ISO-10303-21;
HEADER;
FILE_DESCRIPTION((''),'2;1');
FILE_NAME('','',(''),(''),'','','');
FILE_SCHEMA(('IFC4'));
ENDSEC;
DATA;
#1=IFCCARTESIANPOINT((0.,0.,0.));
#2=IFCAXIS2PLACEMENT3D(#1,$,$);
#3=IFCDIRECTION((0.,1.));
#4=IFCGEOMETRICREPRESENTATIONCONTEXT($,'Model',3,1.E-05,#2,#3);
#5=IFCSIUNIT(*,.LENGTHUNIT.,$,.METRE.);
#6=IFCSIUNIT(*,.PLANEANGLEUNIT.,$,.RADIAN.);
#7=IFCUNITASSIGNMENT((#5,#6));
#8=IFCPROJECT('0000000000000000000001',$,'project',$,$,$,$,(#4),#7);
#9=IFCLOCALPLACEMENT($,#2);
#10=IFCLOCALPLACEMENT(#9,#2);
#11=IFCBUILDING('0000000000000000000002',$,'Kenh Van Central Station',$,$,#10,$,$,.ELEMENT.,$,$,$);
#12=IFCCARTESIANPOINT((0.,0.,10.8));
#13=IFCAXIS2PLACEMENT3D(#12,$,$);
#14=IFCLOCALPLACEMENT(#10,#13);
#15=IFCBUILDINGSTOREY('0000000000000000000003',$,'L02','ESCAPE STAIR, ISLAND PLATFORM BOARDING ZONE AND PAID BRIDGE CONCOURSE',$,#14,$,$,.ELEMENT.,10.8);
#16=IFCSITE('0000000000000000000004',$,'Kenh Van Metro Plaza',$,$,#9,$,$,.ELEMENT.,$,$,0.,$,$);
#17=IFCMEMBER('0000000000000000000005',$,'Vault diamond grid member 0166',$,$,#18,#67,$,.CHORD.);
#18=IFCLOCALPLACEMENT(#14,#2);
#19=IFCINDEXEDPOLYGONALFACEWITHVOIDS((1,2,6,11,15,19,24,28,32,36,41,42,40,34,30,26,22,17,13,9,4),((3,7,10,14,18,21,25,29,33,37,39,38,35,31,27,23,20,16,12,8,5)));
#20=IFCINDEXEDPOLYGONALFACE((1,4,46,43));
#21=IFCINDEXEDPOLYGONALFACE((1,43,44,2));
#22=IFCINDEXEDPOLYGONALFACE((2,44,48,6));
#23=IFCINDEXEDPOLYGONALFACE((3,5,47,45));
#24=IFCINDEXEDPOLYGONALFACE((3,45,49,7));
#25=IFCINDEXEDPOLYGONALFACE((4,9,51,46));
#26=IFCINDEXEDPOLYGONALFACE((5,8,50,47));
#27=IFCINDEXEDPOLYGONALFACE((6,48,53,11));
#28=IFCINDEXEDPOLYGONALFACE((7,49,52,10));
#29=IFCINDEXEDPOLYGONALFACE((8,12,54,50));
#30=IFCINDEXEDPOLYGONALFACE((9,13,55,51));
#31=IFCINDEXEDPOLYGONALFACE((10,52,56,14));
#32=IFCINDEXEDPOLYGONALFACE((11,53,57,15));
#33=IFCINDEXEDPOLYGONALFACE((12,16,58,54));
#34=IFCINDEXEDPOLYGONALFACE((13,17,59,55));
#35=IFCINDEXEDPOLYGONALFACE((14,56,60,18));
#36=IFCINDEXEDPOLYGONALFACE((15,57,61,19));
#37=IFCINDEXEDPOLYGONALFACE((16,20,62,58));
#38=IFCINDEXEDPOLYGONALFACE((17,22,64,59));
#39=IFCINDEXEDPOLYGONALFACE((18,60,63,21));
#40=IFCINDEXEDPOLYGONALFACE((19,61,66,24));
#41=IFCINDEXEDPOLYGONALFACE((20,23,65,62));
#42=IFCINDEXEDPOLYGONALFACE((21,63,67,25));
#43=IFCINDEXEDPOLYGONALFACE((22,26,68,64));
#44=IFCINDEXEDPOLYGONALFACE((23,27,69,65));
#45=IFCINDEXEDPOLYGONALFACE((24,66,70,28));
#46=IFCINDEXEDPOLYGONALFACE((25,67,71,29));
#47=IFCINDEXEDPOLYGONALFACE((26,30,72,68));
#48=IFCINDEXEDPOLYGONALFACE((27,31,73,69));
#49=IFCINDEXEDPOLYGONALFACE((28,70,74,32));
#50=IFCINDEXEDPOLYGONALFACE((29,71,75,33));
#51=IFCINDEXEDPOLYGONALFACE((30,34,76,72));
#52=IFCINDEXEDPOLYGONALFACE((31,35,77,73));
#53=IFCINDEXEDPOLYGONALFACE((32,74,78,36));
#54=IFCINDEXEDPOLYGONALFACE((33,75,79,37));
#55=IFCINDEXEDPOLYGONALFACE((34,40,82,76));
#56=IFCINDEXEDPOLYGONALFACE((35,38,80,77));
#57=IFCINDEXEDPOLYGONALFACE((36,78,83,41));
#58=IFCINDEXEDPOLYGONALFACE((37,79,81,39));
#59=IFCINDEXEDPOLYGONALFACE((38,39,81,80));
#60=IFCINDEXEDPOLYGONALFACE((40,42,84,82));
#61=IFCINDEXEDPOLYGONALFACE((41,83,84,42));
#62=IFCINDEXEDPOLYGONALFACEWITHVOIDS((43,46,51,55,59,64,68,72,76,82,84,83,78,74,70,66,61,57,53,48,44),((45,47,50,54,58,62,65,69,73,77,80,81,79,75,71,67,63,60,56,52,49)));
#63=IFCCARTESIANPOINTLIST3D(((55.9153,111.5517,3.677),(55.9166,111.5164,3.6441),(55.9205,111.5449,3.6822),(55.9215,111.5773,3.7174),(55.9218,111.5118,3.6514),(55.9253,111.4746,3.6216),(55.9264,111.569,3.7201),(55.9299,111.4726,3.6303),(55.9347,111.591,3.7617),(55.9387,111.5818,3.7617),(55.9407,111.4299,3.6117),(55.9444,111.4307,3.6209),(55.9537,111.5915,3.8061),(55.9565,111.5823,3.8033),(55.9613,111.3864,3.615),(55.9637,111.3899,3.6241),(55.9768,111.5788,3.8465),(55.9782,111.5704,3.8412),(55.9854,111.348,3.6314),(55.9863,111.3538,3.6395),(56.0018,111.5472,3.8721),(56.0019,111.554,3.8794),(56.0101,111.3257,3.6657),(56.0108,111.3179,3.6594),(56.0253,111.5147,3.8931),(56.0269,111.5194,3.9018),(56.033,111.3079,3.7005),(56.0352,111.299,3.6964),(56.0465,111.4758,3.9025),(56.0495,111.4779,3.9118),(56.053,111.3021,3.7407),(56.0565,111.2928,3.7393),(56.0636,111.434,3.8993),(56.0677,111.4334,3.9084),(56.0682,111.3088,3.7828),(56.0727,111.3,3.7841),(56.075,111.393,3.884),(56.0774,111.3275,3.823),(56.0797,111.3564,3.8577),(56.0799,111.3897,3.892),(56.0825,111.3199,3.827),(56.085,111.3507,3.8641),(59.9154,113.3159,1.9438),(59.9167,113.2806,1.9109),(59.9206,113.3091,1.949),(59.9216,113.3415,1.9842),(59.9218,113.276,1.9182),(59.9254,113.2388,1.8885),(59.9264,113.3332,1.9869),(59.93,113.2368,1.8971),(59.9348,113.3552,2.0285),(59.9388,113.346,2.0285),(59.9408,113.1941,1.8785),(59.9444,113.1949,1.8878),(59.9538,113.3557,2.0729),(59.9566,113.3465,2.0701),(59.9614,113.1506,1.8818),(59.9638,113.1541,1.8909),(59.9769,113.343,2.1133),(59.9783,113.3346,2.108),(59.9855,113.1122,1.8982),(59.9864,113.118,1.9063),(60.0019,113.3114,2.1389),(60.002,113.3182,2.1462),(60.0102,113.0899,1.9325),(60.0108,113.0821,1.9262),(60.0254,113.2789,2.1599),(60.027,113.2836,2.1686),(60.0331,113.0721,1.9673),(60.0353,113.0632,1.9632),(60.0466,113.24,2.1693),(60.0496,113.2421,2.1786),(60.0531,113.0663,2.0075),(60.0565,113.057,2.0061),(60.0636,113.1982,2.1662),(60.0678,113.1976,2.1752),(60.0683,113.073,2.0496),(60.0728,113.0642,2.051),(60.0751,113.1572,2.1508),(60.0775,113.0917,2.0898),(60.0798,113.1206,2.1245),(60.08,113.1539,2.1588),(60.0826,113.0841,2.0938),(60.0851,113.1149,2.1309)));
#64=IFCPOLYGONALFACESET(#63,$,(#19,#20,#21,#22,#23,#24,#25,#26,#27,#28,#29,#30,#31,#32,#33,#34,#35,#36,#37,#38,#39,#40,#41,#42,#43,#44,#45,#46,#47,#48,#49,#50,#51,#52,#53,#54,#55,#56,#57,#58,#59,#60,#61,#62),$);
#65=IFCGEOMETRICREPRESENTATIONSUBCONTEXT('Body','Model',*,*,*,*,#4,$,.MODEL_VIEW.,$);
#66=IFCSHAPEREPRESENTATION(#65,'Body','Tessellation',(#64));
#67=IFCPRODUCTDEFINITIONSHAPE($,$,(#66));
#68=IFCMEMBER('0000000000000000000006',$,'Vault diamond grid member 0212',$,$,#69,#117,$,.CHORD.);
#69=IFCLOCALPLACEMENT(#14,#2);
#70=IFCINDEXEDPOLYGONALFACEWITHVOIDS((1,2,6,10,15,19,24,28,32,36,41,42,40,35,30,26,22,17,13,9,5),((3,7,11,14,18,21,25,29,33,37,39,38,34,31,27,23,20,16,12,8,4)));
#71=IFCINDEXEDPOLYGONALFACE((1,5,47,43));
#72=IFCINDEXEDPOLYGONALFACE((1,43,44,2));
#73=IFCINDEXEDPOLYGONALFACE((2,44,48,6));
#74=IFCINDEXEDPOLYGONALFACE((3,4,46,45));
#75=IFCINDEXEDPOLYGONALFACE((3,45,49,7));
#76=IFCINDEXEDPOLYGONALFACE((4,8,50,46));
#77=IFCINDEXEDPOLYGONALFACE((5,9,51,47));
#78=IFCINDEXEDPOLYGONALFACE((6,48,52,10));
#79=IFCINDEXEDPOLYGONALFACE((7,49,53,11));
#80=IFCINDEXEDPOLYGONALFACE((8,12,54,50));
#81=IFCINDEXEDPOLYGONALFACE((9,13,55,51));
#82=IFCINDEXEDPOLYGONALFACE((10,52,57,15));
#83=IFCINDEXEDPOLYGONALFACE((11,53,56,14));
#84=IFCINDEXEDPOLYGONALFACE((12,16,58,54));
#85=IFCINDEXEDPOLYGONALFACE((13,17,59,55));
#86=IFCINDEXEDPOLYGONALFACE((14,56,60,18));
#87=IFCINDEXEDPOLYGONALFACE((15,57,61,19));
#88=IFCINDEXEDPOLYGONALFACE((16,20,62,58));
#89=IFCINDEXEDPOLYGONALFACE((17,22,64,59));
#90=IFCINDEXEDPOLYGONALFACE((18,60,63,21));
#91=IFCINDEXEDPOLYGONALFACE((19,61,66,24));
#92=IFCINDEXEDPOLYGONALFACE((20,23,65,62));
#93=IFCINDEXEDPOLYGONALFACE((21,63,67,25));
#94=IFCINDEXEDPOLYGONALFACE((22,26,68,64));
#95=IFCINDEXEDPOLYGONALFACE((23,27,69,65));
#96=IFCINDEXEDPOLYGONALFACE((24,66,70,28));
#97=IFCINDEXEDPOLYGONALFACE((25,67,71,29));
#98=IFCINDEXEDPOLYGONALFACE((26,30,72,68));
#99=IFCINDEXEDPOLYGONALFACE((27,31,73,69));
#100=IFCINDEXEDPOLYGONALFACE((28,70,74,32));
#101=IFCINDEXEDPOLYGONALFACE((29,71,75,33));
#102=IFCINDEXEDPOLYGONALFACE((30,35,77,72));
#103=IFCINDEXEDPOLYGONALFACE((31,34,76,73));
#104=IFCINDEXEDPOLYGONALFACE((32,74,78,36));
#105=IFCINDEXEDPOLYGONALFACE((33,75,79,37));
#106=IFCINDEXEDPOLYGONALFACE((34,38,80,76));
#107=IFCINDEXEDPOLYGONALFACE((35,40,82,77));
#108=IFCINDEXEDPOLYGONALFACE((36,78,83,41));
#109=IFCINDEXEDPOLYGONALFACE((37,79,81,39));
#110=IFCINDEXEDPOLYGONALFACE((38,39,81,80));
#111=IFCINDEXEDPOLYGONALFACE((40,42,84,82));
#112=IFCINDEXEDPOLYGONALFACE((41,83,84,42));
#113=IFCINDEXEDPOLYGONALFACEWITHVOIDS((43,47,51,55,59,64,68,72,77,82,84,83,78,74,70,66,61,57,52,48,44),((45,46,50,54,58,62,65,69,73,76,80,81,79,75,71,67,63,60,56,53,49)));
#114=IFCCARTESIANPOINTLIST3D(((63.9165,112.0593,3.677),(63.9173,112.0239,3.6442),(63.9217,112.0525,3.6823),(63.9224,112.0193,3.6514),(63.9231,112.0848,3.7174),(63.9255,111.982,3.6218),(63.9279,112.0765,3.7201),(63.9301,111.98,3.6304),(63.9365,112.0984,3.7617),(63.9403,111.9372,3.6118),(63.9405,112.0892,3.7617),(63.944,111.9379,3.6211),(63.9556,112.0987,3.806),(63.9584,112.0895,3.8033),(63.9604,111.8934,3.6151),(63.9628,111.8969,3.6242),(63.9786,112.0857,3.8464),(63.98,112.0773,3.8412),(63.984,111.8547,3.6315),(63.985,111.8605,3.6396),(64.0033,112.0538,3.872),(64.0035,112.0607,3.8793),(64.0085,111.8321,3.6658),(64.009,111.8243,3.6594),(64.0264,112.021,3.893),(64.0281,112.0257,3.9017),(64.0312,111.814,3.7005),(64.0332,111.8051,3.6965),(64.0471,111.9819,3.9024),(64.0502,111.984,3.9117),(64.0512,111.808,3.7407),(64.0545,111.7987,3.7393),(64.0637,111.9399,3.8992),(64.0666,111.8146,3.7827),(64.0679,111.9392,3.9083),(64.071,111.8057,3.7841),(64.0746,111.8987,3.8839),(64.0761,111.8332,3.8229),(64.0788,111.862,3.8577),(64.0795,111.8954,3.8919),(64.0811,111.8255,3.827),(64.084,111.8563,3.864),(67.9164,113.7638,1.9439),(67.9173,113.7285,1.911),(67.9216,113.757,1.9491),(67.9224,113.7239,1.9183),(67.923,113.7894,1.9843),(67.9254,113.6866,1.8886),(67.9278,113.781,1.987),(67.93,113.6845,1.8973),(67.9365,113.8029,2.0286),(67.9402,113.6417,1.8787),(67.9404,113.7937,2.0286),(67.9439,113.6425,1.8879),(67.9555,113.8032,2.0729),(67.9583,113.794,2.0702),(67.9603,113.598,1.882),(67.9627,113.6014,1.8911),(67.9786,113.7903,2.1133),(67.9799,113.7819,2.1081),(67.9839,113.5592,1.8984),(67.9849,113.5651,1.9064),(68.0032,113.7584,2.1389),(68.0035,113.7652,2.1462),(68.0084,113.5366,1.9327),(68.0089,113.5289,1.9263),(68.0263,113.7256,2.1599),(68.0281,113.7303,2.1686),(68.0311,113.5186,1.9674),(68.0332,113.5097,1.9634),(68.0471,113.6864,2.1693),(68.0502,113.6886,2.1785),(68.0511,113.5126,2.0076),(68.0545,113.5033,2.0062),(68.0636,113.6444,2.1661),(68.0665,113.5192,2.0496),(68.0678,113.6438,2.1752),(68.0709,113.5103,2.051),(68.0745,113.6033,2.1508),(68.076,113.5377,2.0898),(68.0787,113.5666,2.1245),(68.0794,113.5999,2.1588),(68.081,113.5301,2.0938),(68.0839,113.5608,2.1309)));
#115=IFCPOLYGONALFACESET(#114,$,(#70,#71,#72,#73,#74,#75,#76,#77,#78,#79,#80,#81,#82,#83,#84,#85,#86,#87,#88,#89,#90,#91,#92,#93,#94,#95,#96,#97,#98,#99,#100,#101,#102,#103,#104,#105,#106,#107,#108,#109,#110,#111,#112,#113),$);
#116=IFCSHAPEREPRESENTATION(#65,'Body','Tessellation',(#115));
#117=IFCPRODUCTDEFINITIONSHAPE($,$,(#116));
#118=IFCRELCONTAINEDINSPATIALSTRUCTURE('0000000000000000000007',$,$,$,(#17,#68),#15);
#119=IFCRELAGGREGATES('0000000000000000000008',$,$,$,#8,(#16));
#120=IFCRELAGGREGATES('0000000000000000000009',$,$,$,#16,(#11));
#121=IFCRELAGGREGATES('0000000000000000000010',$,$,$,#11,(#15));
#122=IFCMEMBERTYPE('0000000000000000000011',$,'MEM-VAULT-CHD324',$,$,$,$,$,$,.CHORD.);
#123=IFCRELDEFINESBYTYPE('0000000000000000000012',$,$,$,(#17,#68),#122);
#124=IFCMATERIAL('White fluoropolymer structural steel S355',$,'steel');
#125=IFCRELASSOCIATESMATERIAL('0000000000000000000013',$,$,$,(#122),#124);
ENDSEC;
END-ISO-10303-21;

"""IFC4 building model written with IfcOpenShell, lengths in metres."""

from ifc_helpers import new_model, si_unit, direction, frame, origin, origin_2d, place, context, subcontext, project, spatial, hollow_circle, extrude, material, material_profile, profile_set, type_object, element, save


model = new_model("IFC4")

# Units and contexts
model_context = context("Model", 3, precision=1e-05, world=origin(), true_north=direction((0.0, 1.0)))
body_context = subcontext(model_context, "Body", "Model", "MODEL_VIEW")
ifc_project = project(units=[si_unit("LENGTHUNIT", "METRE"), si_unit("PLANEANGLEUNIT", "RADIAN")], contexts=[model_context])

# Site, building, storey
site_placement = place(None, origin())
site = spatial("IfcSite", under=ifc_project, at=site_placement, Name="Kenh Van Metro Plaza", CompositionType="ELEMENT", RefElevation=0.0)
building_placement = place(site_placement, origin())
building = spatial("IfcBuilding", under=site, at=building_placement, Name="Kenh Van Central Station", CompositionType="ELEMENT")
storey_placement = place(building_placement, frame((0.0, 0.0, 10.8)))
storey = spatial("IfcBuildingStorey", under=building, at=storey_placement, Name="L02", Description="ESCAPE STAIR, ISLAND PLATFORM BOARDING ZONE AND PAID BRIDGE CONCOURSE", CompositionType="ELEMENT", Elevation=10.8)

# Shared definitions
ifc_material_1 = material(Name="White fluoropolymer structural steel S355", Category="steel")

# Members
ifc_material_profile_1 = material_profile(ifc_material_1, hollow_circle(Radius=0.1619, WallThickness=0.01, at=origin_2d()), Name="CHS 323.9x10")
ifc_profile_set_1 = profile_set([ifc_material_profile_1], Name="White fluoropolymer structural steel S355")
member_type_1 = type_object("IfcMemberType", Name="MEM-VAULT-CHD324", PredefinedType="CHORD", material=ifc_profile_set_1)
member_1_placement = place(storey_placement, frame((56.0, 111.4429, 3.7617), z_axis=(0.850562, 0.375132, -0.368539), x_axis=(-0.403536, 0.914964, 0.0)))
element("IfcMember", 1, at=member_1_placement, inside=storey, type_object=member_type_1, Name="Vault diamond grid member 0166", PredefinedType="CHORD", context=body_context, shape_type="SweptSolid", body=[
    extrude(hollow_circle(Radius=0.1619, WallThickness=0.01, at=origin_2d()), origin(), (0.0, 0.0, 1.0), 4.7029),
])
member_2_placement = place(storey_placement, frame((64.0, 111.9495, 3.7617), z_axis=(0.854563, 0.36417, -0.370273), x_axis=(-0.392035, 0.91995, 0.0)))
element("IfcMember", 2, at=member_2_placement, inside=storey, type_object=member_type_1, Name="Vault diamond grid member 0212", PredefinedType="CHORD", context=body_context, shape_type="SweptSolid", body=[
    extrude(hollow_circle(Radius=0.1619, WallThickness=0.01, at=origin_2d()), origin(), (0.0, 0.0, 1.0), 4.6807),
])

save(model, "model.ifc")
